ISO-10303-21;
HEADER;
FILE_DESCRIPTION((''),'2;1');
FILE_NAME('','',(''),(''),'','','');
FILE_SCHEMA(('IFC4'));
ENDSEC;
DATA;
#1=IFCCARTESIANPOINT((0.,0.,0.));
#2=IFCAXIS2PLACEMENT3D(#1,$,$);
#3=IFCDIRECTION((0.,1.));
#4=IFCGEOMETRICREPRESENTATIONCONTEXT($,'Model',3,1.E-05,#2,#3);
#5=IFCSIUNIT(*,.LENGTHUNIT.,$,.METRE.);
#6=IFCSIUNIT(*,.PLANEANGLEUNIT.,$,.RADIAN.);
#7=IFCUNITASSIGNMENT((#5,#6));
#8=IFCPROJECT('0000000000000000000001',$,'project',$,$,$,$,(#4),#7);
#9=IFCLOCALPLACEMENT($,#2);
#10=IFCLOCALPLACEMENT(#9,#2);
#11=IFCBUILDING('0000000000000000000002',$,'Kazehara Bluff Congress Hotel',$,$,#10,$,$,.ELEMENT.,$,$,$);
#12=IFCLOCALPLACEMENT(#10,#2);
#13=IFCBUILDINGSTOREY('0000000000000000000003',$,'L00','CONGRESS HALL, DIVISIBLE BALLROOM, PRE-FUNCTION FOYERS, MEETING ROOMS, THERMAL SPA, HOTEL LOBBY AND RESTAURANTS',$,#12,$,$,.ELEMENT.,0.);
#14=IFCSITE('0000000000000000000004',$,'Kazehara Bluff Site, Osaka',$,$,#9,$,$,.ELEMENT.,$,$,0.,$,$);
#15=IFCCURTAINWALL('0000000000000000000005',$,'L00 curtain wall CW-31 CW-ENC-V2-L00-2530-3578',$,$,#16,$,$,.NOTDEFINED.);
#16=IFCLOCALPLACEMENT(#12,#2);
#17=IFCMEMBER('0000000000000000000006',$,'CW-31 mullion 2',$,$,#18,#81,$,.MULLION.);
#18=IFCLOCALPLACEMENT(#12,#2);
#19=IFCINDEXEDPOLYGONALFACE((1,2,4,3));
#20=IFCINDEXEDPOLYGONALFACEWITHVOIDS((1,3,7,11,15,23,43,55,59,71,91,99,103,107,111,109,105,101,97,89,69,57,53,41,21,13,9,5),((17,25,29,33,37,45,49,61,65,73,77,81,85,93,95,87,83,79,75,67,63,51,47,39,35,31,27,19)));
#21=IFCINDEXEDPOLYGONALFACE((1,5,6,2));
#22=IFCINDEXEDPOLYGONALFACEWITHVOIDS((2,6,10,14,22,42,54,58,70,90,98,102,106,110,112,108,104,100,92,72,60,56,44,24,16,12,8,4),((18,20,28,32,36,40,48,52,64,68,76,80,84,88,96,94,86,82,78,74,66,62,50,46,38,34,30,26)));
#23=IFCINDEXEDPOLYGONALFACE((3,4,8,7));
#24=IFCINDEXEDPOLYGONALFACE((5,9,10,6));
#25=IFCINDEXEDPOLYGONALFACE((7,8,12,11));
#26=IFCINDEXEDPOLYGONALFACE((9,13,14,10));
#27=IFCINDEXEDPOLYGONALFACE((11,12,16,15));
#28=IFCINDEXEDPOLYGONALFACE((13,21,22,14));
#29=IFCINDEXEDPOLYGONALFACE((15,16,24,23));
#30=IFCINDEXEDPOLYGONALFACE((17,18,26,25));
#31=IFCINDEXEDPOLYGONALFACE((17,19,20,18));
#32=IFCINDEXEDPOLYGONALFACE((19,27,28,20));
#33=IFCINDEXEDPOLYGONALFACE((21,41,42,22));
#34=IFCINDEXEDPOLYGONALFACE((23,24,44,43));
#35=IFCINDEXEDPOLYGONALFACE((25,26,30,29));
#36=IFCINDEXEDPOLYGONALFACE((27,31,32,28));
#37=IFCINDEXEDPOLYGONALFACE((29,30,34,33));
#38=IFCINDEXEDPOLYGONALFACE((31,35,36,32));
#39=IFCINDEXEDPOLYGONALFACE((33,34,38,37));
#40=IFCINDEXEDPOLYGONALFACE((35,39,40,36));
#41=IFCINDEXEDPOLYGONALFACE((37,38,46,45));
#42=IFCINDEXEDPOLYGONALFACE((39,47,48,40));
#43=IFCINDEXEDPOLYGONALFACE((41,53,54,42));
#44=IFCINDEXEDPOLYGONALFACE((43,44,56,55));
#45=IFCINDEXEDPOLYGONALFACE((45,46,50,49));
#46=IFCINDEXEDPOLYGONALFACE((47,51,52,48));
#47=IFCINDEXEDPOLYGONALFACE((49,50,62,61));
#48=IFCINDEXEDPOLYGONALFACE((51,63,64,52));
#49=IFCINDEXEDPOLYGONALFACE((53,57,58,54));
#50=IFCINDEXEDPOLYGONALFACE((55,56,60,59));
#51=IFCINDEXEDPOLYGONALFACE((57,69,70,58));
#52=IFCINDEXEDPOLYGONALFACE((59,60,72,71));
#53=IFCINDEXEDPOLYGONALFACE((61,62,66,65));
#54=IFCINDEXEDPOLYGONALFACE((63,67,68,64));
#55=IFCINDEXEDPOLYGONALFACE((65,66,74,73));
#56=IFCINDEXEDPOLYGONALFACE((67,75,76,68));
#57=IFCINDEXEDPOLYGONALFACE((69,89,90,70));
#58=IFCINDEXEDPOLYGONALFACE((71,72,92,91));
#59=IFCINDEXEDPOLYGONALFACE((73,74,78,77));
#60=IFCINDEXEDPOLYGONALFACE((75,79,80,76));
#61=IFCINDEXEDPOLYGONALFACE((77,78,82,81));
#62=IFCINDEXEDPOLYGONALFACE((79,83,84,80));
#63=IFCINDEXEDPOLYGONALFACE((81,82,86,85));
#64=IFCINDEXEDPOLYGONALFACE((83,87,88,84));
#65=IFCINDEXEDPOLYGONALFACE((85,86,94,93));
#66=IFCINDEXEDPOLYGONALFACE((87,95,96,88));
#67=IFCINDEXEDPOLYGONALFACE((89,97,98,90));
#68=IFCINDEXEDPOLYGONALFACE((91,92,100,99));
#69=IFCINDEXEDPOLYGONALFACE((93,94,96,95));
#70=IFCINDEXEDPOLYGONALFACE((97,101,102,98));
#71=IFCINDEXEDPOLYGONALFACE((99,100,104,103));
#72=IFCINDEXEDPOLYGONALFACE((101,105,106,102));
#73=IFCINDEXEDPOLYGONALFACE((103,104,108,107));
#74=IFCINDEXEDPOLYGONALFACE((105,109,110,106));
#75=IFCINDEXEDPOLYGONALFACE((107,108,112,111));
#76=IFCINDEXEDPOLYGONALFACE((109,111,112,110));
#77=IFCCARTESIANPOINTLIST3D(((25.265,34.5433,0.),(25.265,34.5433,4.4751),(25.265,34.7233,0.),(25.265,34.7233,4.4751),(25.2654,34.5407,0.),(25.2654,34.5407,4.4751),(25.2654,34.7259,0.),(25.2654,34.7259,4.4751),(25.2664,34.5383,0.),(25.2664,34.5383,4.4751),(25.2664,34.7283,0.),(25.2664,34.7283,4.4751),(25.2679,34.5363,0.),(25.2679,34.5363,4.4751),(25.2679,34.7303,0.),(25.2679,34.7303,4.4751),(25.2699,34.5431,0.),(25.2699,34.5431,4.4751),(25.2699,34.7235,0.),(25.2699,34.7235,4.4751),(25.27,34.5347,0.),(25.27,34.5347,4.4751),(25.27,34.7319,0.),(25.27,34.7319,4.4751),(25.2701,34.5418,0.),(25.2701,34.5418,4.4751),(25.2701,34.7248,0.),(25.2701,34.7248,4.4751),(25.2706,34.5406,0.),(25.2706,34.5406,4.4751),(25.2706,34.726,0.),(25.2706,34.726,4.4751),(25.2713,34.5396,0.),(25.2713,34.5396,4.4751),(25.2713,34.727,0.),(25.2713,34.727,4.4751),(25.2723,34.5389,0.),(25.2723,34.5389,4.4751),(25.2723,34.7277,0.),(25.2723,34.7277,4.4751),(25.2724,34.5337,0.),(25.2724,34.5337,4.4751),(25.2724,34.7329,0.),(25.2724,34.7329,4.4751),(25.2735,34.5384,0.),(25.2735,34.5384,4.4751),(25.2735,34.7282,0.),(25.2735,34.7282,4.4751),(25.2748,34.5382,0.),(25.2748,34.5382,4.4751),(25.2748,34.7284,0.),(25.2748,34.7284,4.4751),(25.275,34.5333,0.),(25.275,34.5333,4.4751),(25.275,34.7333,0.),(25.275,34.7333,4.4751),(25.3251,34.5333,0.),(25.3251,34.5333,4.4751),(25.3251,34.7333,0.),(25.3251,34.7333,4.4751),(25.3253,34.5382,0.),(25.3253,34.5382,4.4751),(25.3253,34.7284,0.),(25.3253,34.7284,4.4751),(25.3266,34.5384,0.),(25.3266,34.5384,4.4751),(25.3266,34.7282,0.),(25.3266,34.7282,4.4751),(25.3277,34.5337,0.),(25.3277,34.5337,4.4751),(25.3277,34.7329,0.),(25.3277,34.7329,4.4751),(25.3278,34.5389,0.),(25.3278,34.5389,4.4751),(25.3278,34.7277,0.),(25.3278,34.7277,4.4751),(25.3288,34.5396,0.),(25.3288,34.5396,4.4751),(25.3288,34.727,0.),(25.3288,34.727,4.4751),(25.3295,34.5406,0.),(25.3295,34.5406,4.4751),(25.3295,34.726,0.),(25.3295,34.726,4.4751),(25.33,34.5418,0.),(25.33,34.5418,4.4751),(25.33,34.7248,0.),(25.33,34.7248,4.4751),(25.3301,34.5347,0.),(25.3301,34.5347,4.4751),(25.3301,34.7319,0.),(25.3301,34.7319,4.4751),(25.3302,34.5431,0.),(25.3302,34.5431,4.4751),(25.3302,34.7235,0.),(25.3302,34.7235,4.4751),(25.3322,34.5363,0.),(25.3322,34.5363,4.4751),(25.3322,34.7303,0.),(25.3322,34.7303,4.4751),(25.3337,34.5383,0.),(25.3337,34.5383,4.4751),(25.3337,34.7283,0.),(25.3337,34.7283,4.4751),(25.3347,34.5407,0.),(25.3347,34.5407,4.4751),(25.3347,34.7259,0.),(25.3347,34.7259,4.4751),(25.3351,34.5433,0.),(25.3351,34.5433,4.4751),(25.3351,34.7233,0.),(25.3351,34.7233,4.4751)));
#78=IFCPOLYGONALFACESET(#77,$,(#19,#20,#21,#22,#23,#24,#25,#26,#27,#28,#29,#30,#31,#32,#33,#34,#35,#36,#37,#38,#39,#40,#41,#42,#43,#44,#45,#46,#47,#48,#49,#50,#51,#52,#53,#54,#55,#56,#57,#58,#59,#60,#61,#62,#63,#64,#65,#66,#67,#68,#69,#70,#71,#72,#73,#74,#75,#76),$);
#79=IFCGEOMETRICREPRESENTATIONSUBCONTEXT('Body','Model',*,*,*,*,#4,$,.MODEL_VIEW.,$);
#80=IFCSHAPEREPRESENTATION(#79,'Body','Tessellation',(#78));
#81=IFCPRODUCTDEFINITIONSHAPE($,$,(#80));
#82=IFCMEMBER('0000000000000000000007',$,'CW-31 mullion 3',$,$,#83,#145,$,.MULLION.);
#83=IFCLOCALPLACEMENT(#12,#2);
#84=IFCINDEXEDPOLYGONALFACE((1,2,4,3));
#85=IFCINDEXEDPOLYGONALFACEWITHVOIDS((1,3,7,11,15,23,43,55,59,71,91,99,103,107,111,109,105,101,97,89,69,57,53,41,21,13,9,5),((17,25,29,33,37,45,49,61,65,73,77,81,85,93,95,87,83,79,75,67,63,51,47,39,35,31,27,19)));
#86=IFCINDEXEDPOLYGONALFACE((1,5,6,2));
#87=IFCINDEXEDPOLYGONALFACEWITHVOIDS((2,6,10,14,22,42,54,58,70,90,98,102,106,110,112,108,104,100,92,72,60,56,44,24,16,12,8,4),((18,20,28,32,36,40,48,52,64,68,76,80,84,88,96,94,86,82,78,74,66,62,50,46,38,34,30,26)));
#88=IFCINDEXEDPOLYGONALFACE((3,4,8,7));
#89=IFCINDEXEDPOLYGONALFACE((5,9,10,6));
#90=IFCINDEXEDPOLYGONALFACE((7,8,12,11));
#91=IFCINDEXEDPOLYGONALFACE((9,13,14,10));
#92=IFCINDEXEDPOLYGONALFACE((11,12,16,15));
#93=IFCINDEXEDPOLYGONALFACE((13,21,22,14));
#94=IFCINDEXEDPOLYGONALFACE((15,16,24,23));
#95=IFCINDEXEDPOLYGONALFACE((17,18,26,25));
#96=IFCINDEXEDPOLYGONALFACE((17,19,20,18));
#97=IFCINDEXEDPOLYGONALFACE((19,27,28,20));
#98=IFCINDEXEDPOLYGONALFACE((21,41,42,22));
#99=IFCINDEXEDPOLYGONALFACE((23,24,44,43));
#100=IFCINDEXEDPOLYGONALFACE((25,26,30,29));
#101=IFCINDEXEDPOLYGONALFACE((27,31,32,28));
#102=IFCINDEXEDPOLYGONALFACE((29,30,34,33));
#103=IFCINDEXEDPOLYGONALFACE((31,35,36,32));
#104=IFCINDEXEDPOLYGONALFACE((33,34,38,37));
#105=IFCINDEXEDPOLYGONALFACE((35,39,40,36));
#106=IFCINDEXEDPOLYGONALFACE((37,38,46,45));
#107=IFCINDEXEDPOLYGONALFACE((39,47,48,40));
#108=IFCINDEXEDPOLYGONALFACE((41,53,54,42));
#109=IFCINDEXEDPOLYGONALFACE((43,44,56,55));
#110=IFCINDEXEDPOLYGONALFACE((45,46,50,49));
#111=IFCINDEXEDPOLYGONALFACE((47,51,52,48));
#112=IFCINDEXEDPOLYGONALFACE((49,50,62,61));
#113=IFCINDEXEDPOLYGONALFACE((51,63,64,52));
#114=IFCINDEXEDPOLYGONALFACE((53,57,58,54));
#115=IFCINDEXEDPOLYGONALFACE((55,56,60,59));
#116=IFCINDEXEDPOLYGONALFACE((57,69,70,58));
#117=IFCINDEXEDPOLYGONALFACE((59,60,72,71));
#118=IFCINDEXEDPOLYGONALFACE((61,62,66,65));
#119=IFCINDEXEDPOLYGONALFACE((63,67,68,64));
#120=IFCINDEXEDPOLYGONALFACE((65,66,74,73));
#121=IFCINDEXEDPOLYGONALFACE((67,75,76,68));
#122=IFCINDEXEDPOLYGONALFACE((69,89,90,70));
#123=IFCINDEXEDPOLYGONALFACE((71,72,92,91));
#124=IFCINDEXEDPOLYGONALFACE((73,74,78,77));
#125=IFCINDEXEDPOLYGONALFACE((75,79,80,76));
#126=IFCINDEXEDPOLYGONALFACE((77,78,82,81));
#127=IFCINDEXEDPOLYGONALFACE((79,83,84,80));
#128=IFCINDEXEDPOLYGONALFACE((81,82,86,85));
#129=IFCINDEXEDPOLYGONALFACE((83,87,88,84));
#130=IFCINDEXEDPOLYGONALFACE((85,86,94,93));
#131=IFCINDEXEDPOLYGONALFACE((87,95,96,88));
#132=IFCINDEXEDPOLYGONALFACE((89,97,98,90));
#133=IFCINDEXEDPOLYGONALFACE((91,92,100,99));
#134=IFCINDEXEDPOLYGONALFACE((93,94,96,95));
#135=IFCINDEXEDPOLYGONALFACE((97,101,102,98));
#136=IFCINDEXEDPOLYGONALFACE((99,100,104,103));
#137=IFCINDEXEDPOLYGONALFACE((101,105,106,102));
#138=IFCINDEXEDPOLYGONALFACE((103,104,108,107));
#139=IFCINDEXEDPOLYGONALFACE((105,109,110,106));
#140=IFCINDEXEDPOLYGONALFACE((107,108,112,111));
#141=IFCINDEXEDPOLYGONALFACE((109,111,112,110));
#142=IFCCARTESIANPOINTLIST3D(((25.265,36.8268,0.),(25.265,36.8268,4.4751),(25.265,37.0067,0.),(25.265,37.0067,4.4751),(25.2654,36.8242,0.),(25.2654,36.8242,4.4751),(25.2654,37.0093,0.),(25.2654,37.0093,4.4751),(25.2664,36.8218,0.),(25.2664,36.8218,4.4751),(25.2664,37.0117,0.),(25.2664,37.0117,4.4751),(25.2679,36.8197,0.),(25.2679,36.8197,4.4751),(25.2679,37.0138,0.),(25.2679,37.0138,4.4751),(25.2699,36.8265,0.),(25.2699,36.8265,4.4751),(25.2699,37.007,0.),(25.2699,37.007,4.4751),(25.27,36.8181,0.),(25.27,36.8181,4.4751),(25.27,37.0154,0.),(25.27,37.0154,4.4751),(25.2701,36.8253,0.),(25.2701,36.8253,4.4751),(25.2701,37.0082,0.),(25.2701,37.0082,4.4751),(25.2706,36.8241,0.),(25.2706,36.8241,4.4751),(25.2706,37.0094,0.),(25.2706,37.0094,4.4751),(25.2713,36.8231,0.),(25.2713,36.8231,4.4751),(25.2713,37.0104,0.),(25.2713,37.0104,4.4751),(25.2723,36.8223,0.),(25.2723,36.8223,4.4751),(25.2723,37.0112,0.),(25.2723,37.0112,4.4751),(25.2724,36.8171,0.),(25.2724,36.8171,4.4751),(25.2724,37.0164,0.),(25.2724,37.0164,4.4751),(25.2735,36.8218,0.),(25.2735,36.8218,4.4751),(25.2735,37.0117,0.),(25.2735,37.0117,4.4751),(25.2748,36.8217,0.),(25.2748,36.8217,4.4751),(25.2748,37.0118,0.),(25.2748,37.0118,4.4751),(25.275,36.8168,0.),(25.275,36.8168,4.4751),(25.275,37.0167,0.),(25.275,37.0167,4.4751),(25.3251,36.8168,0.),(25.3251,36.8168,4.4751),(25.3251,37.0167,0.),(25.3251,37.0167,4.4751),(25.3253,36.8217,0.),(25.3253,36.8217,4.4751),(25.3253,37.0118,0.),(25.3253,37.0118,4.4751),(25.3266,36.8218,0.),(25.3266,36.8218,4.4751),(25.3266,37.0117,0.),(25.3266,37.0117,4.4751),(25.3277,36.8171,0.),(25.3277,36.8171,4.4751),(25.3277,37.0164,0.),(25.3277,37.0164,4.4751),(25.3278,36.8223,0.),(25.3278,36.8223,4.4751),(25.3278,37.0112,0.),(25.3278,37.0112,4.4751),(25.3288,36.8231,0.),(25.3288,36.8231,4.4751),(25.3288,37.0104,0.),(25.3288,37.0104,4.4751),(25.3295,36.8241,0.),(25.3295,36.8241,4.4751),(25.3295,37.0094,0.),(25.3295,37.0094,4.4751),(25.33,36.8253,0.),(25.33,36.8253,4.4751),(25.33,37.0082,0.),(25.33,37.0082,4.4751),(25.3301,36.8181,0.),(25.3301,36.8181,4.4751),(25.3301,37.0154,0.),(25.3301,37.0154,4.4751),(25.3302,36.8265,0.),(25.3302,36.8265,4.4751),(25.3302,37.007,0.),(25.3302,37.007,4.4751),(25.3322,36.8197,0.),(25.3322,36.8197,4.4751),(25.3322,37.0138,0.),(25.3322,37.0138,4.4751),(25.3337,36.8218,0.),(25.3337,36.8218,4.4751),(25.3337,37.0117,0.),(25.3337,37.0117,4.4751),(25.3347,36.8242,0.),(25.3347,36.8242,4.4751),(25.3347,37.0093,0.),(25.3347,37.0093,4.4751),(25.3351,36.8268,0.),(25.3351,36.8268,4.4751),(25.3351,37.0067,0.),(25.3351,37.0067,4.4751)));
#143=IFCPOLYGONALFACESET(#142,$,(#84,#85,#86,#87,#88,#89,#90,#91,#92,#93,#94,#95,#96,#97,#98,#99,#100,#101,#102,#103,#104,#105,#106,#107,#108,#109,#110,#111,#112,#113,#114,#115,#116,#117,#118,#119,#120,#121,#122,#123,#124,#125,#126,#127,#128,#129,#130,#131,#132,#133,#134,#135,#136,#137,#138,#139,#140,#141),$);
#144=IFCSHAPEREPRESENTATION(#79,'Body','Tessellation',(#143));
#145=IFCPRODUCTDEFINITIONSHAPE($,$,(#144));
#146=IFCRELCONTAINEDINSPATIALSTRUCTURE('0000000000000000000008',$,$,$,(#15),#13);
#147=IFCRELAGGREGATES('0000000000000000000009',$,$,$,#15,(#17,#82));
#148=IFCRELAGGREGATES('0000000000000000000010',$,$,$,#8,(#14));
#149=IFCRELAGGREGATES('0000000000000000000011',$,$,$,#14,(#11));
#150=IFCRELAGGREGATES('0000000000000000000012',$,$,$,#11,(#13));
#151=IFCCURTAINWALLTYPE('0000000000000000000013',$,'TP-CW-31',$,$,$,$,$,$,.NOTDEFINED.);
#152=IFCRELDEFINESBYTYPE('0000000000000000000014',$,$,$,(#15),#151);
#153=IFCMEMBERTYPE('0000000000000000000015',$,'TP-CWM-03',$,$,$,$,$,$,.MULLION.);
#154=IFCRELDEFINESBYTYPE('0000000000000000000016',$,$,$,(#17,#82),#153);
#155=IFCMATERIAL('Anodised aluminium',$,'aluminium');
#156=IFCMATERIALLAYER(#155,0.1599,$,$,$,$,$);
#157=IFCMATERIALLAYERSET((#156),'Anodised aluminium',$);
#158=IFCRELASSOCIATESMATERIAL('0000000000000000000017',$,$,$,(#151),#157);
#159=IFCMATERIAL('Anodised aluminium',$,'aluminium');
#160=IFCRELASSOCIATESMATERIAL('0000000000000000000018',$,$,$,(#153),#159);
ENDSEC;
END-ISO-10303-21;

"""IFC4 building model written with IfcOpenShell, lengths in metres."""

from ifc_helpers import new_model, si_unit, direction, frame, origin, origin_2d, place, context, subcontext, project, spatial, hollow_rectangle, extrude, material, layer, layer_set, material_profile, profile_set, type_object, element, aggregate, save


model = new_model("IFC4")

# Units and contexts
model_context = context("Model", 3, precision=1e-05, world=origin(), true_north=direction((0.0, 1.0)))
body_context = subcontext(model_context, "Body", "Model", "MODEL_VIEW")
ifc_project = project(units=[si_unit("LENGTHUNIT", "METRE"), si_unit("PLANEANGLEUNIT", "RADIAN")], contexts=[model_context])

# Site, building, storey
site_placement = place(None, origin())
site = spatial("IfcSite", under=ifc_project, at=site_placement, Name="Kazehara Bluff Site, Osaka", CompositionType="ELEMENT", RefElevation=0.0)
building_placement = place(site_placement, origin())
building = spatial("IfcBuilding", under=site, at=building_placement, Name="Kazehara Bluff Congress Hotel", CompositionType="ELEMENT")
storey_placement = place(building_placement, origin())
storey = spatial("IfcBuildingStorey", under=building, at=storey_placement, Name="L00", Description="CONGRESS HALL, DIVISIBLE BALLROOM, PRE-FUNCTION FOYERS, MEETING ROOMS, THERMAL SPA, HOTEL LOBBY AND RESTAURANTS", CompositionType="ELEMENT", Elevation=0.0)

# Curtain wall, members
ifc_material_1 = material(Name="Anodised aluminium", Category="aluminium")
ifc_layer_1 = layer(ifc_material_1, 0.1599)
ifc_layer_set_1 = layer_set([ifc_layer_1], Name="Anodised aluminium")
curtain_wall_type = type_object("IfcCurtainWallType", Name="TP-CW-31", PredefinedType="NOTDEFINED", material=ifc_layer_set_1)
curtain_wall_placement = place(storey_placement, origin())
curtain_wall = element("IfcCurtainWall", 1, at=curtain_wall_placement, inside=storey, type_object=curtain_wall_type, Name="L00 curtain wall CW-31 CW-ENC-V2-L00-2530-3578", PredefinedType="NOTDEFINED")
ifc_material_2 = material(Name="Anodised aluminium", Category="aluminium")
ifc_material_profile_1 = material_profile(ifc_material_2, hollow_rectangle(XDim=0.0701, YDim=0.2, WallThickness=0.0049, InnerFilletRadius=0.0049, OuterFilletRadius=0.01, at=origin_2d()))
ifc_profile_set_1 = profile_set([ifc_material_profile_1], Name="Anodised aluminium")
member_type_1 = type_object("IfcMemberType", Name="TP-CWM-03", PredefinedType="MULLION", material=ifc_profile_set_1)
member_1_placement = place(storey_placement, frame((25.3, 34.6333, 0.0), z_axis=(0.0, 0.0, 1.0), x_axis=(-1.0, 0.0, 0.0)))
member_1 = element("IfcMember", 2, at=member_1_placement, type_object=member_type_1, Name="CW-31 mullion 2", PredefinedType="MULLION", context=body_context, shape_type="SweptSolid", body=[
    extrude(hollow_rectangle(XDim=0.0701, YDim=0.2, WallThickness=0.0049, InnerFilletRadius=0.0049, OuterFilletRadius=0.01, at=origin_2d()), origin(), (0.0, 0.0, 1.0), 4.4751),
])
member_2_placement = place(storey_placement, frame((25.3, 36.9167, 0.0), z_axis=(0.0, 0.0, 1.0), x_axis=(-1.0, 0.0, 0.0)))
member_2 = element("IfcMember", 3, at=member_2_placement, type_object=member_type_1, Name="CW-31 mullion 3", PredefinedType="MULLION", context=body_context, shape_type="SweptSolid", body=[
    extrude(hollow_rectangle(XDim=0.0701, YDim=0.2, WallThickness=0.0049, InnerFilletRadius=0.0049, OuterFilletRadius=0.01, at=origin_2d()), origin(), (0.0, 0.0, 1.0), 4.4751),
])

aggregate(curtain_wall, [member_1, member_2])

save(model, "model.ifc")
